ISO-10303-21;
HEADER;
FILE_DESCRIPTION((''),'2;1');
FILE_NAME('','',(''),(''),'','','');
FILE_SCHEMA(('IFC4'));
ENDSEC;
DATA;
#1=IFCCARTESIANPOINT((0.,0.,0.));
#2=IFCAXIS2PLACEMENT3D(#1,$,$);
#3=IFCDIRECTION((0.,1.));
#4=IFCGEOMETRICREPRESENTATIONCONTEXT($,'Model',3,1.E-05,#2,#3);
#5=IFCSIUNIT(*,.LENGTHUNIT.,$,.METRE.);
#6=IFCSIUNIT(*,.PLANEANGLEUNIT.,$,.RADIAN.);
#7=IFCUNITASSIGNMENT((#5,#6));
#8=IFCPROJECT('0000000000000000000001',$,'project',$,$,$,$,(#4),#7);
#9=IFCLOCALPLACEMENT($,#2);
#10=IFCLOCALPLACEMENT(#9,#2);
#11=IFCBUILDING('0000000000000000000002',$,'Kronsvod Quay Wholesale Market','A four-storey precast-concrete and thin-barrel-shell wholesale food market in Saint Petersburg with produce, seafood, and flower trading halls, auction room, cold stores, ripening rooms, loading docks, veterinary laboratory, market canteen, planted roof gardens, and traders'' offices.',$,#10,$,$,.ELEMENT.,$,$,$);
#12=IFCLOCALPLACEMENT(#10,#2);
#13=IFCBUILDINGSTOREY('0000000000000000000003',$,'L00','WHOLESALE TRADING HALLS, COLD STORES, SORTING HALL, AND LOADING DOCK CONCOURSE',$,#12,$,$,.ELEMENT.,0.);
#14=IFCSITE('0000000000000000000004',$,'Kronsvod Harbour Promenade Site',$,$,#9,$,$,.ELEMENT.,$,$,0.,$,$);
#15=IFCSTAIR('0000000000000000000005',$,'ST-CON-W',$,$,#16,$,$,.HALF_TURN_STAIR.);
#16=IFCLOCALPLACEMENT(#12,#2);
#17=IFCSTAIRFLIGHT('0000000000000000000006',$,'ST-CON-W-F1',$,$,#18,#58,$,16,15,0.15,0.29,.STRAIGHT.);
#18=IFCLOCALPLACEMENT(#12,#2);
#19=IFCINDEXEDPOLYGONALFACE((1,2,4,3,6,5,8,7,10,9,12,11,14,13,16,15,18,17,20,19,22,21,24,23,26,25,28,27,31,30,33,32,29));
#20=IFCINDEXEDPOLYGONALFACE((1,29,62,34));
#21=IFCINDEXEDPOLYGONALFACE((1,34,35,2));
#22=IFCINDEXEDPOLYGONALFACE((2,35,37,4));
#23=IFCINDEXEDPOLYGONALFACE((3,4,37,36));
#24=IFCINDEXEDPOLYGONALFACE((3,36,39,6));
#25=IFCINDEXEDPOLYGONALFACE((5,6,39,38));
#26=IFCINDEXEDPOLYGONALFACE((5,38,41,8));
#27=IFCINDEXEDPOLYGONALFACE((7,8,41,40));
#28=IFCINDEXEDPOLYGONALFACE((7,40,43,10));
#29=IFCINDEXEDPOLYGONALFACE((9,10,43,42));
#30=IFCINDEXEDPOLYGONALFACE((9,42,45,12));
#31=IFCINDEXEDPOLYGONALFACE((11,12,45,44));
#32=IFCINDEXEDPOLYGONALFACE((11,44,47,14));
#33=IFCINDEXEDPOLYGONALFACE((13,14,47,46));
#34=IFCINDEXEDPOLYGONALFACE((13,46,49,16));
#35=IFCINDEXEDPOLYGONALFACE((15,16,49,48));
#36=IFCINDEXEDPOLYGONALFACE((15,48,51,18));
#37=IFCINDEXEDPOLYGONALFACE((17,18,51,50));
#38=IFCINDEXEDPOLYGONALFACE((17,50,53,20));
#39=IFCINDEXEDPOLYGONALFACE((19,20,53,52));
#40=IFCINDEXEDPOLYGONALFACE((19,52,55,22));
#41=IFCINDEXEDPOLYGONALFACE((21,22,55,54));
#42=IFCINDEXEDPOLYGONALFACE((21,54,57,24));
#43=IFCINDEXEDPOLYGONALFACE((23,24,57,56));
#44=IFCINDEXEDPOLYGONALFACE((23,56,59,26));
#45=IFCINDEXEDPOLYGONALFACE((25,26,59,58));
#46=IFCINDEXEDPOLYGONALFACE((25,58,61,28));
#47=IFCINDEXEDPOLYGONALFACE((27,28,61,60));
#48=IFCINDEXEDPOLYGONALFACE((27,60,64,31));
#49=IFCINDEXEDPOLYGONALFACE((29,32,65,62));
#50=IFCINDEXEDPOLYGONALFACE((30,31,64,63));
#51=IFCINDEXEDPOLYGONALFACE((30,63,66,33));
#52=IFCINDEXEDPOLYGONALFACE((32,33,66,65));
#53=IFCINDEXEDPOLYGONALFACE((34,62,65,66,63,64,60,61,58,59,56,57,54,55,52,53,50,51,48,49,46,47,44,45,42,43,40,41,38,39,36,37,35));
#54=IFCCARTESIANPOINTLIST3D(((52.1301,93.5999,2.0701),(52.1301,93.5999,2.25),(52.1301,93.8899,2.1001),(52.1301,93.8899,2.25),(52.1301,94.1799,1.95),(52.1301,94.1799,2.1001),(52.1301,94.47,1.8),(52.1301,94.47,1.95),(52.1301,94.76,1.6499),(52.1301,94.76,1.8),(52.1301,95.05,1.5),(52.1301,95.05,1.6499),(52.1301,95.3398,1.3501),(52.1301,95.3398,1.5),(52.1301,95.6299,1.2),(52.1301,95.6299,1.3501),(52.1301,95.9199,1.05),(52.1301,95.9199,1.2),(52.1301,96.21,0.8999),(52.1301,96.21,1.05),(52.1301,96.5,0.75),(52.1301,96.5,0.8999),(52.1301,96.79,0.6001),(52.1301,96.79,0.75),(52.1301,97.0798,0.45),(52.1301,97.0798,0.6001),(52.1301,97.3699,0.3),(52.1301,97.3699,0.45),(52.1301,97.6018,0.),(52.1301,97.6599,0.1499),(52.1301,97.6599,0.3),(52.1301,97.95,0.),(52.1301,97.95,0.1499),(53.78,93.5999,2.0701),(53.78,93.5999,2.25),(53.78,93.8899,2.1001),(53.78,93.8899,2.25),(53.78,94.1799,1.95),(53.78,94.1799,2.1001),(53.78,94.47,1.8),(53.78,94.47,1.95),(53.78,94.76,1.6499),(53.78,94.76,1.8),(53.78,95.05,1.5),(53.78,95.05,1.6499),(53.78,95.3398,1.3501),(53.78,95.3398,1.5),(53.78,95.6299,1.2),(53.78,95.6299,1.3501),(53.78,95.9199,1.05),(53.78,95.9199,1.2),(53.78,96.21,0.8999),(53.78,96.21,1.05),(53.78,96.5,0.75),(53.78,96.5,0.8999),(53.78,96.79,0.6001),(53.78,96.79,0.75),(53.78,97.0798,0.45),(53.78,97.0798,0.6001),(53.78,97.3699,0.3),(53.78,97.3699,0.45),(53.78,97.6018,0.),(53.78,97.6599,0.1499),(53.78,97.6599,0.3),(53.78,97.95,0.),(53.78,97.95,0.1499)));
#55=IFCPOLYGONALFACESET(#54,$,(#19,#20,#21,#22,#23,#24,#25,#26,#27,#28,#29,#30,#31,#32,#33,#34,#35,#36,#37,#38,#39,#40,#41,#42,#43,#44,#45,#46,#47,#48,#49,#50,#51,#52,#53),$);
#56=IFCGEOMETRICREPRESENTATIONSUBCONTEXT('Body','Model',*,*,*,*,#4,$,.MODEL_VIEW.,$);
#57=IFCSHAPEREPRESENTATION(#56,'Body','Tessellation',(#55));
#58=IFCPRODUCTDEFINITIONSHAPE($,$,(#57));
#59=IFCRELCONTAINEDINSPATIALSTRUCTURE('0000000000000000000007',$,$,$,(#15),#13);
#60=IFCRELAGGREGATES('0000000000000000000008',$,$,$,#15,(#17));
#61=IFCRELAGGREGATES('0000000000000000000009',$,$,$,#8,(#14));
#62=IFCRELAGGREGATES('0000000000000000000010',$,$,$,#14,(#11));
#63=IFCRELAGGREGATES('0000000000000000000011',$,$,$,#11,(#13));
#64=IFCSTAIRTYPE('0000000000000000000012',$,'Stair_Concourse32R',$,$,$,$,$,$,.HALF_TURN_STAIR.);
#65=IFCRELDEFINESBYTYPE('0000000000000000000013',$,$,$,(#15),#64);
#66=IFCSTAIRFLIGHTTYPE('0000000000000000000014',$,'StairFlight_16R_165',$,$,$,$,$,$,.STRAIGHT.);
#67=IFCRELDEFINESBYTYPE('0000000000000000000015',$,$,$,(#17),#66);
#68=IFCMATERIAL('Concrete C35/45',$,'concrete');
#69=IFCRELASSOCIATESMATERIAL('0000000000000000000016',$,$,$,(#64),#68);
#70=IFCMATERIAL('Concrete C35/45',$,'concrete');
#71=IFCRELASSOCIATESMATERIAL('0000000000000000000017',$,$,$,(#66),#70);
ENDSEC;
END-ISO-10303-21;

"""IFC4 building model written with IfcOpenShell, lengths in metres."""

from ifc_helpers import new_model, si_unit, direction, frame, origin, place, context, subcontext, project, spatial, polyline, outline, extrude, material, type_object, element, aggregate, save


model = new_model("IFC4")

# Units and contexts
model_context = context("Model", 3, precision=1e-05, world=origin(), true_north=direction((0.0, 1.0)))
body_context = subcontext(model_context, "Body", "Model", "MODEL_VIEW")
ifc_project = project(units=[si_unit("LENGTHUNIT", "METRE"), si_unit("PLANEANGLEUNIT", "RADIAN")], contexts=[model_context])

# Site, building, storey
site_placement = place(None, origin())
site = spatial("IfcSite", under=ifc_project, at=site_placement, Name="Kronsvod Harbour Promenade Site", CompositionType="ELEMENT", RefElevation=0.0)
building_placement = place(site_placement, origin())
building = spatial("IfcBuilding", under=site, at=building_placement, Name="Kronsvod Quay Wholesale Market", Description="A four-storey precast-concrete and thin-barrel-shell wholesale food market in Saint Petersburg with produce, seafood, and flower trading halls, auction room, cold stores, ripening rooms, loading docks, veterinary laboratory, market canteen, planted roof gardens, and traders' offices.", CompositionType="ELEMENT")
storey_placement = place(building_placement, origin())
storey = spatial("IfcBuildingStorey", under=building, at=storey_placement, Name="L00", Description="WHOLESALE TRADING HALLS, COLD STORES, SORTING HALL, AND LOADING DOCK CONCOURSE", CompositionType="ELEMENT", Elevation=0.0)

# Stair, stair flight
ifc_material_1 = material(Name="Concrete C35/45", Category="concrete")
stair_type = type_object("IfcStairType", Name="Stair_Concourse32R", PredefinedType="HALF_TURN_STAIR", material=ifc_material_1)
stair_placement = place(storey_placement, origin())
stair = element("IfcStair", 1, at=stair_placement, inside=storey, type_object=stair_type, Name="ST-CON-W", PredefinedType="HALF_TURN_STAIR")
ifc_material_2 = material(Name="Concrete C35/45", Category="concrete")
stair_flight_type = type_object("IfcStairFlightType", Name="StairFlight_16R_165", PredefinedType="STRAIGHT", material=ifc_material_2)
stair_flight_placement = place(storey_placement, frame((52.9551, 97.95, 0.0), z_axis=(0.0, 0.0, 1.0), x_axis=(0.0, -1.0, 0.0)))
stair_flight = element("IfcStairFlight", 2, at=stair_flight_placement, type_object=stair_flight_type, Name="ST-CON-W-F1", NumberOfRisers=16, NumberOfTreads=15, PredefinedType="STRAIGHT", RiserHeight=0.15, TreadLength=0.29, context=body_context, shape_type="SweptSolid", body=[
    extrude(outline(polyline([(0.0, 0.0), (0.0, 0.1499), (0.29, 0.1499), (0.29, 0.3), (0.5801, 0.3), (0.5801, 0.45), (0.8701, 0.45), (0.8701, 0.6001), (1.1599, 0.6001), (1.1599, 0.75), (1.45, 0.75), (1.45, 0.8999), (1.74, 0.8999), (1.74, 1.05), (2.03, 1.05), (2.03, 1.2), (2.3201, 1.2), (2.3201, 1.3501), (2.6101, 1.3501), (2.6101, 1.5), (2.8999, 1.5), (2.8999, 1.6499), (3.1899, 1.6499), (3.1899, 1.8), (3.48, 1.8), (3.48, 1.95), (3.77, 1.95), (3.77, 2.1001), (4.0601, 2.1001), (4.0601, 2.25), (4.3501, 2.25), (4.3501, 2.3999), (4.3501, 2.0701), (0.3481, 0.0), (0.0, 0.0)])), frame((0.0, 0.825, 0.0), z_axis=(0.0, -1.0, 0.0), x_axis=(1.0, 0.0, 0.0)), (0.0, 0.0, 1.0), 1.6499),
])
aggregate(stair, [stair_flight])

save(model, "model.ifc")
